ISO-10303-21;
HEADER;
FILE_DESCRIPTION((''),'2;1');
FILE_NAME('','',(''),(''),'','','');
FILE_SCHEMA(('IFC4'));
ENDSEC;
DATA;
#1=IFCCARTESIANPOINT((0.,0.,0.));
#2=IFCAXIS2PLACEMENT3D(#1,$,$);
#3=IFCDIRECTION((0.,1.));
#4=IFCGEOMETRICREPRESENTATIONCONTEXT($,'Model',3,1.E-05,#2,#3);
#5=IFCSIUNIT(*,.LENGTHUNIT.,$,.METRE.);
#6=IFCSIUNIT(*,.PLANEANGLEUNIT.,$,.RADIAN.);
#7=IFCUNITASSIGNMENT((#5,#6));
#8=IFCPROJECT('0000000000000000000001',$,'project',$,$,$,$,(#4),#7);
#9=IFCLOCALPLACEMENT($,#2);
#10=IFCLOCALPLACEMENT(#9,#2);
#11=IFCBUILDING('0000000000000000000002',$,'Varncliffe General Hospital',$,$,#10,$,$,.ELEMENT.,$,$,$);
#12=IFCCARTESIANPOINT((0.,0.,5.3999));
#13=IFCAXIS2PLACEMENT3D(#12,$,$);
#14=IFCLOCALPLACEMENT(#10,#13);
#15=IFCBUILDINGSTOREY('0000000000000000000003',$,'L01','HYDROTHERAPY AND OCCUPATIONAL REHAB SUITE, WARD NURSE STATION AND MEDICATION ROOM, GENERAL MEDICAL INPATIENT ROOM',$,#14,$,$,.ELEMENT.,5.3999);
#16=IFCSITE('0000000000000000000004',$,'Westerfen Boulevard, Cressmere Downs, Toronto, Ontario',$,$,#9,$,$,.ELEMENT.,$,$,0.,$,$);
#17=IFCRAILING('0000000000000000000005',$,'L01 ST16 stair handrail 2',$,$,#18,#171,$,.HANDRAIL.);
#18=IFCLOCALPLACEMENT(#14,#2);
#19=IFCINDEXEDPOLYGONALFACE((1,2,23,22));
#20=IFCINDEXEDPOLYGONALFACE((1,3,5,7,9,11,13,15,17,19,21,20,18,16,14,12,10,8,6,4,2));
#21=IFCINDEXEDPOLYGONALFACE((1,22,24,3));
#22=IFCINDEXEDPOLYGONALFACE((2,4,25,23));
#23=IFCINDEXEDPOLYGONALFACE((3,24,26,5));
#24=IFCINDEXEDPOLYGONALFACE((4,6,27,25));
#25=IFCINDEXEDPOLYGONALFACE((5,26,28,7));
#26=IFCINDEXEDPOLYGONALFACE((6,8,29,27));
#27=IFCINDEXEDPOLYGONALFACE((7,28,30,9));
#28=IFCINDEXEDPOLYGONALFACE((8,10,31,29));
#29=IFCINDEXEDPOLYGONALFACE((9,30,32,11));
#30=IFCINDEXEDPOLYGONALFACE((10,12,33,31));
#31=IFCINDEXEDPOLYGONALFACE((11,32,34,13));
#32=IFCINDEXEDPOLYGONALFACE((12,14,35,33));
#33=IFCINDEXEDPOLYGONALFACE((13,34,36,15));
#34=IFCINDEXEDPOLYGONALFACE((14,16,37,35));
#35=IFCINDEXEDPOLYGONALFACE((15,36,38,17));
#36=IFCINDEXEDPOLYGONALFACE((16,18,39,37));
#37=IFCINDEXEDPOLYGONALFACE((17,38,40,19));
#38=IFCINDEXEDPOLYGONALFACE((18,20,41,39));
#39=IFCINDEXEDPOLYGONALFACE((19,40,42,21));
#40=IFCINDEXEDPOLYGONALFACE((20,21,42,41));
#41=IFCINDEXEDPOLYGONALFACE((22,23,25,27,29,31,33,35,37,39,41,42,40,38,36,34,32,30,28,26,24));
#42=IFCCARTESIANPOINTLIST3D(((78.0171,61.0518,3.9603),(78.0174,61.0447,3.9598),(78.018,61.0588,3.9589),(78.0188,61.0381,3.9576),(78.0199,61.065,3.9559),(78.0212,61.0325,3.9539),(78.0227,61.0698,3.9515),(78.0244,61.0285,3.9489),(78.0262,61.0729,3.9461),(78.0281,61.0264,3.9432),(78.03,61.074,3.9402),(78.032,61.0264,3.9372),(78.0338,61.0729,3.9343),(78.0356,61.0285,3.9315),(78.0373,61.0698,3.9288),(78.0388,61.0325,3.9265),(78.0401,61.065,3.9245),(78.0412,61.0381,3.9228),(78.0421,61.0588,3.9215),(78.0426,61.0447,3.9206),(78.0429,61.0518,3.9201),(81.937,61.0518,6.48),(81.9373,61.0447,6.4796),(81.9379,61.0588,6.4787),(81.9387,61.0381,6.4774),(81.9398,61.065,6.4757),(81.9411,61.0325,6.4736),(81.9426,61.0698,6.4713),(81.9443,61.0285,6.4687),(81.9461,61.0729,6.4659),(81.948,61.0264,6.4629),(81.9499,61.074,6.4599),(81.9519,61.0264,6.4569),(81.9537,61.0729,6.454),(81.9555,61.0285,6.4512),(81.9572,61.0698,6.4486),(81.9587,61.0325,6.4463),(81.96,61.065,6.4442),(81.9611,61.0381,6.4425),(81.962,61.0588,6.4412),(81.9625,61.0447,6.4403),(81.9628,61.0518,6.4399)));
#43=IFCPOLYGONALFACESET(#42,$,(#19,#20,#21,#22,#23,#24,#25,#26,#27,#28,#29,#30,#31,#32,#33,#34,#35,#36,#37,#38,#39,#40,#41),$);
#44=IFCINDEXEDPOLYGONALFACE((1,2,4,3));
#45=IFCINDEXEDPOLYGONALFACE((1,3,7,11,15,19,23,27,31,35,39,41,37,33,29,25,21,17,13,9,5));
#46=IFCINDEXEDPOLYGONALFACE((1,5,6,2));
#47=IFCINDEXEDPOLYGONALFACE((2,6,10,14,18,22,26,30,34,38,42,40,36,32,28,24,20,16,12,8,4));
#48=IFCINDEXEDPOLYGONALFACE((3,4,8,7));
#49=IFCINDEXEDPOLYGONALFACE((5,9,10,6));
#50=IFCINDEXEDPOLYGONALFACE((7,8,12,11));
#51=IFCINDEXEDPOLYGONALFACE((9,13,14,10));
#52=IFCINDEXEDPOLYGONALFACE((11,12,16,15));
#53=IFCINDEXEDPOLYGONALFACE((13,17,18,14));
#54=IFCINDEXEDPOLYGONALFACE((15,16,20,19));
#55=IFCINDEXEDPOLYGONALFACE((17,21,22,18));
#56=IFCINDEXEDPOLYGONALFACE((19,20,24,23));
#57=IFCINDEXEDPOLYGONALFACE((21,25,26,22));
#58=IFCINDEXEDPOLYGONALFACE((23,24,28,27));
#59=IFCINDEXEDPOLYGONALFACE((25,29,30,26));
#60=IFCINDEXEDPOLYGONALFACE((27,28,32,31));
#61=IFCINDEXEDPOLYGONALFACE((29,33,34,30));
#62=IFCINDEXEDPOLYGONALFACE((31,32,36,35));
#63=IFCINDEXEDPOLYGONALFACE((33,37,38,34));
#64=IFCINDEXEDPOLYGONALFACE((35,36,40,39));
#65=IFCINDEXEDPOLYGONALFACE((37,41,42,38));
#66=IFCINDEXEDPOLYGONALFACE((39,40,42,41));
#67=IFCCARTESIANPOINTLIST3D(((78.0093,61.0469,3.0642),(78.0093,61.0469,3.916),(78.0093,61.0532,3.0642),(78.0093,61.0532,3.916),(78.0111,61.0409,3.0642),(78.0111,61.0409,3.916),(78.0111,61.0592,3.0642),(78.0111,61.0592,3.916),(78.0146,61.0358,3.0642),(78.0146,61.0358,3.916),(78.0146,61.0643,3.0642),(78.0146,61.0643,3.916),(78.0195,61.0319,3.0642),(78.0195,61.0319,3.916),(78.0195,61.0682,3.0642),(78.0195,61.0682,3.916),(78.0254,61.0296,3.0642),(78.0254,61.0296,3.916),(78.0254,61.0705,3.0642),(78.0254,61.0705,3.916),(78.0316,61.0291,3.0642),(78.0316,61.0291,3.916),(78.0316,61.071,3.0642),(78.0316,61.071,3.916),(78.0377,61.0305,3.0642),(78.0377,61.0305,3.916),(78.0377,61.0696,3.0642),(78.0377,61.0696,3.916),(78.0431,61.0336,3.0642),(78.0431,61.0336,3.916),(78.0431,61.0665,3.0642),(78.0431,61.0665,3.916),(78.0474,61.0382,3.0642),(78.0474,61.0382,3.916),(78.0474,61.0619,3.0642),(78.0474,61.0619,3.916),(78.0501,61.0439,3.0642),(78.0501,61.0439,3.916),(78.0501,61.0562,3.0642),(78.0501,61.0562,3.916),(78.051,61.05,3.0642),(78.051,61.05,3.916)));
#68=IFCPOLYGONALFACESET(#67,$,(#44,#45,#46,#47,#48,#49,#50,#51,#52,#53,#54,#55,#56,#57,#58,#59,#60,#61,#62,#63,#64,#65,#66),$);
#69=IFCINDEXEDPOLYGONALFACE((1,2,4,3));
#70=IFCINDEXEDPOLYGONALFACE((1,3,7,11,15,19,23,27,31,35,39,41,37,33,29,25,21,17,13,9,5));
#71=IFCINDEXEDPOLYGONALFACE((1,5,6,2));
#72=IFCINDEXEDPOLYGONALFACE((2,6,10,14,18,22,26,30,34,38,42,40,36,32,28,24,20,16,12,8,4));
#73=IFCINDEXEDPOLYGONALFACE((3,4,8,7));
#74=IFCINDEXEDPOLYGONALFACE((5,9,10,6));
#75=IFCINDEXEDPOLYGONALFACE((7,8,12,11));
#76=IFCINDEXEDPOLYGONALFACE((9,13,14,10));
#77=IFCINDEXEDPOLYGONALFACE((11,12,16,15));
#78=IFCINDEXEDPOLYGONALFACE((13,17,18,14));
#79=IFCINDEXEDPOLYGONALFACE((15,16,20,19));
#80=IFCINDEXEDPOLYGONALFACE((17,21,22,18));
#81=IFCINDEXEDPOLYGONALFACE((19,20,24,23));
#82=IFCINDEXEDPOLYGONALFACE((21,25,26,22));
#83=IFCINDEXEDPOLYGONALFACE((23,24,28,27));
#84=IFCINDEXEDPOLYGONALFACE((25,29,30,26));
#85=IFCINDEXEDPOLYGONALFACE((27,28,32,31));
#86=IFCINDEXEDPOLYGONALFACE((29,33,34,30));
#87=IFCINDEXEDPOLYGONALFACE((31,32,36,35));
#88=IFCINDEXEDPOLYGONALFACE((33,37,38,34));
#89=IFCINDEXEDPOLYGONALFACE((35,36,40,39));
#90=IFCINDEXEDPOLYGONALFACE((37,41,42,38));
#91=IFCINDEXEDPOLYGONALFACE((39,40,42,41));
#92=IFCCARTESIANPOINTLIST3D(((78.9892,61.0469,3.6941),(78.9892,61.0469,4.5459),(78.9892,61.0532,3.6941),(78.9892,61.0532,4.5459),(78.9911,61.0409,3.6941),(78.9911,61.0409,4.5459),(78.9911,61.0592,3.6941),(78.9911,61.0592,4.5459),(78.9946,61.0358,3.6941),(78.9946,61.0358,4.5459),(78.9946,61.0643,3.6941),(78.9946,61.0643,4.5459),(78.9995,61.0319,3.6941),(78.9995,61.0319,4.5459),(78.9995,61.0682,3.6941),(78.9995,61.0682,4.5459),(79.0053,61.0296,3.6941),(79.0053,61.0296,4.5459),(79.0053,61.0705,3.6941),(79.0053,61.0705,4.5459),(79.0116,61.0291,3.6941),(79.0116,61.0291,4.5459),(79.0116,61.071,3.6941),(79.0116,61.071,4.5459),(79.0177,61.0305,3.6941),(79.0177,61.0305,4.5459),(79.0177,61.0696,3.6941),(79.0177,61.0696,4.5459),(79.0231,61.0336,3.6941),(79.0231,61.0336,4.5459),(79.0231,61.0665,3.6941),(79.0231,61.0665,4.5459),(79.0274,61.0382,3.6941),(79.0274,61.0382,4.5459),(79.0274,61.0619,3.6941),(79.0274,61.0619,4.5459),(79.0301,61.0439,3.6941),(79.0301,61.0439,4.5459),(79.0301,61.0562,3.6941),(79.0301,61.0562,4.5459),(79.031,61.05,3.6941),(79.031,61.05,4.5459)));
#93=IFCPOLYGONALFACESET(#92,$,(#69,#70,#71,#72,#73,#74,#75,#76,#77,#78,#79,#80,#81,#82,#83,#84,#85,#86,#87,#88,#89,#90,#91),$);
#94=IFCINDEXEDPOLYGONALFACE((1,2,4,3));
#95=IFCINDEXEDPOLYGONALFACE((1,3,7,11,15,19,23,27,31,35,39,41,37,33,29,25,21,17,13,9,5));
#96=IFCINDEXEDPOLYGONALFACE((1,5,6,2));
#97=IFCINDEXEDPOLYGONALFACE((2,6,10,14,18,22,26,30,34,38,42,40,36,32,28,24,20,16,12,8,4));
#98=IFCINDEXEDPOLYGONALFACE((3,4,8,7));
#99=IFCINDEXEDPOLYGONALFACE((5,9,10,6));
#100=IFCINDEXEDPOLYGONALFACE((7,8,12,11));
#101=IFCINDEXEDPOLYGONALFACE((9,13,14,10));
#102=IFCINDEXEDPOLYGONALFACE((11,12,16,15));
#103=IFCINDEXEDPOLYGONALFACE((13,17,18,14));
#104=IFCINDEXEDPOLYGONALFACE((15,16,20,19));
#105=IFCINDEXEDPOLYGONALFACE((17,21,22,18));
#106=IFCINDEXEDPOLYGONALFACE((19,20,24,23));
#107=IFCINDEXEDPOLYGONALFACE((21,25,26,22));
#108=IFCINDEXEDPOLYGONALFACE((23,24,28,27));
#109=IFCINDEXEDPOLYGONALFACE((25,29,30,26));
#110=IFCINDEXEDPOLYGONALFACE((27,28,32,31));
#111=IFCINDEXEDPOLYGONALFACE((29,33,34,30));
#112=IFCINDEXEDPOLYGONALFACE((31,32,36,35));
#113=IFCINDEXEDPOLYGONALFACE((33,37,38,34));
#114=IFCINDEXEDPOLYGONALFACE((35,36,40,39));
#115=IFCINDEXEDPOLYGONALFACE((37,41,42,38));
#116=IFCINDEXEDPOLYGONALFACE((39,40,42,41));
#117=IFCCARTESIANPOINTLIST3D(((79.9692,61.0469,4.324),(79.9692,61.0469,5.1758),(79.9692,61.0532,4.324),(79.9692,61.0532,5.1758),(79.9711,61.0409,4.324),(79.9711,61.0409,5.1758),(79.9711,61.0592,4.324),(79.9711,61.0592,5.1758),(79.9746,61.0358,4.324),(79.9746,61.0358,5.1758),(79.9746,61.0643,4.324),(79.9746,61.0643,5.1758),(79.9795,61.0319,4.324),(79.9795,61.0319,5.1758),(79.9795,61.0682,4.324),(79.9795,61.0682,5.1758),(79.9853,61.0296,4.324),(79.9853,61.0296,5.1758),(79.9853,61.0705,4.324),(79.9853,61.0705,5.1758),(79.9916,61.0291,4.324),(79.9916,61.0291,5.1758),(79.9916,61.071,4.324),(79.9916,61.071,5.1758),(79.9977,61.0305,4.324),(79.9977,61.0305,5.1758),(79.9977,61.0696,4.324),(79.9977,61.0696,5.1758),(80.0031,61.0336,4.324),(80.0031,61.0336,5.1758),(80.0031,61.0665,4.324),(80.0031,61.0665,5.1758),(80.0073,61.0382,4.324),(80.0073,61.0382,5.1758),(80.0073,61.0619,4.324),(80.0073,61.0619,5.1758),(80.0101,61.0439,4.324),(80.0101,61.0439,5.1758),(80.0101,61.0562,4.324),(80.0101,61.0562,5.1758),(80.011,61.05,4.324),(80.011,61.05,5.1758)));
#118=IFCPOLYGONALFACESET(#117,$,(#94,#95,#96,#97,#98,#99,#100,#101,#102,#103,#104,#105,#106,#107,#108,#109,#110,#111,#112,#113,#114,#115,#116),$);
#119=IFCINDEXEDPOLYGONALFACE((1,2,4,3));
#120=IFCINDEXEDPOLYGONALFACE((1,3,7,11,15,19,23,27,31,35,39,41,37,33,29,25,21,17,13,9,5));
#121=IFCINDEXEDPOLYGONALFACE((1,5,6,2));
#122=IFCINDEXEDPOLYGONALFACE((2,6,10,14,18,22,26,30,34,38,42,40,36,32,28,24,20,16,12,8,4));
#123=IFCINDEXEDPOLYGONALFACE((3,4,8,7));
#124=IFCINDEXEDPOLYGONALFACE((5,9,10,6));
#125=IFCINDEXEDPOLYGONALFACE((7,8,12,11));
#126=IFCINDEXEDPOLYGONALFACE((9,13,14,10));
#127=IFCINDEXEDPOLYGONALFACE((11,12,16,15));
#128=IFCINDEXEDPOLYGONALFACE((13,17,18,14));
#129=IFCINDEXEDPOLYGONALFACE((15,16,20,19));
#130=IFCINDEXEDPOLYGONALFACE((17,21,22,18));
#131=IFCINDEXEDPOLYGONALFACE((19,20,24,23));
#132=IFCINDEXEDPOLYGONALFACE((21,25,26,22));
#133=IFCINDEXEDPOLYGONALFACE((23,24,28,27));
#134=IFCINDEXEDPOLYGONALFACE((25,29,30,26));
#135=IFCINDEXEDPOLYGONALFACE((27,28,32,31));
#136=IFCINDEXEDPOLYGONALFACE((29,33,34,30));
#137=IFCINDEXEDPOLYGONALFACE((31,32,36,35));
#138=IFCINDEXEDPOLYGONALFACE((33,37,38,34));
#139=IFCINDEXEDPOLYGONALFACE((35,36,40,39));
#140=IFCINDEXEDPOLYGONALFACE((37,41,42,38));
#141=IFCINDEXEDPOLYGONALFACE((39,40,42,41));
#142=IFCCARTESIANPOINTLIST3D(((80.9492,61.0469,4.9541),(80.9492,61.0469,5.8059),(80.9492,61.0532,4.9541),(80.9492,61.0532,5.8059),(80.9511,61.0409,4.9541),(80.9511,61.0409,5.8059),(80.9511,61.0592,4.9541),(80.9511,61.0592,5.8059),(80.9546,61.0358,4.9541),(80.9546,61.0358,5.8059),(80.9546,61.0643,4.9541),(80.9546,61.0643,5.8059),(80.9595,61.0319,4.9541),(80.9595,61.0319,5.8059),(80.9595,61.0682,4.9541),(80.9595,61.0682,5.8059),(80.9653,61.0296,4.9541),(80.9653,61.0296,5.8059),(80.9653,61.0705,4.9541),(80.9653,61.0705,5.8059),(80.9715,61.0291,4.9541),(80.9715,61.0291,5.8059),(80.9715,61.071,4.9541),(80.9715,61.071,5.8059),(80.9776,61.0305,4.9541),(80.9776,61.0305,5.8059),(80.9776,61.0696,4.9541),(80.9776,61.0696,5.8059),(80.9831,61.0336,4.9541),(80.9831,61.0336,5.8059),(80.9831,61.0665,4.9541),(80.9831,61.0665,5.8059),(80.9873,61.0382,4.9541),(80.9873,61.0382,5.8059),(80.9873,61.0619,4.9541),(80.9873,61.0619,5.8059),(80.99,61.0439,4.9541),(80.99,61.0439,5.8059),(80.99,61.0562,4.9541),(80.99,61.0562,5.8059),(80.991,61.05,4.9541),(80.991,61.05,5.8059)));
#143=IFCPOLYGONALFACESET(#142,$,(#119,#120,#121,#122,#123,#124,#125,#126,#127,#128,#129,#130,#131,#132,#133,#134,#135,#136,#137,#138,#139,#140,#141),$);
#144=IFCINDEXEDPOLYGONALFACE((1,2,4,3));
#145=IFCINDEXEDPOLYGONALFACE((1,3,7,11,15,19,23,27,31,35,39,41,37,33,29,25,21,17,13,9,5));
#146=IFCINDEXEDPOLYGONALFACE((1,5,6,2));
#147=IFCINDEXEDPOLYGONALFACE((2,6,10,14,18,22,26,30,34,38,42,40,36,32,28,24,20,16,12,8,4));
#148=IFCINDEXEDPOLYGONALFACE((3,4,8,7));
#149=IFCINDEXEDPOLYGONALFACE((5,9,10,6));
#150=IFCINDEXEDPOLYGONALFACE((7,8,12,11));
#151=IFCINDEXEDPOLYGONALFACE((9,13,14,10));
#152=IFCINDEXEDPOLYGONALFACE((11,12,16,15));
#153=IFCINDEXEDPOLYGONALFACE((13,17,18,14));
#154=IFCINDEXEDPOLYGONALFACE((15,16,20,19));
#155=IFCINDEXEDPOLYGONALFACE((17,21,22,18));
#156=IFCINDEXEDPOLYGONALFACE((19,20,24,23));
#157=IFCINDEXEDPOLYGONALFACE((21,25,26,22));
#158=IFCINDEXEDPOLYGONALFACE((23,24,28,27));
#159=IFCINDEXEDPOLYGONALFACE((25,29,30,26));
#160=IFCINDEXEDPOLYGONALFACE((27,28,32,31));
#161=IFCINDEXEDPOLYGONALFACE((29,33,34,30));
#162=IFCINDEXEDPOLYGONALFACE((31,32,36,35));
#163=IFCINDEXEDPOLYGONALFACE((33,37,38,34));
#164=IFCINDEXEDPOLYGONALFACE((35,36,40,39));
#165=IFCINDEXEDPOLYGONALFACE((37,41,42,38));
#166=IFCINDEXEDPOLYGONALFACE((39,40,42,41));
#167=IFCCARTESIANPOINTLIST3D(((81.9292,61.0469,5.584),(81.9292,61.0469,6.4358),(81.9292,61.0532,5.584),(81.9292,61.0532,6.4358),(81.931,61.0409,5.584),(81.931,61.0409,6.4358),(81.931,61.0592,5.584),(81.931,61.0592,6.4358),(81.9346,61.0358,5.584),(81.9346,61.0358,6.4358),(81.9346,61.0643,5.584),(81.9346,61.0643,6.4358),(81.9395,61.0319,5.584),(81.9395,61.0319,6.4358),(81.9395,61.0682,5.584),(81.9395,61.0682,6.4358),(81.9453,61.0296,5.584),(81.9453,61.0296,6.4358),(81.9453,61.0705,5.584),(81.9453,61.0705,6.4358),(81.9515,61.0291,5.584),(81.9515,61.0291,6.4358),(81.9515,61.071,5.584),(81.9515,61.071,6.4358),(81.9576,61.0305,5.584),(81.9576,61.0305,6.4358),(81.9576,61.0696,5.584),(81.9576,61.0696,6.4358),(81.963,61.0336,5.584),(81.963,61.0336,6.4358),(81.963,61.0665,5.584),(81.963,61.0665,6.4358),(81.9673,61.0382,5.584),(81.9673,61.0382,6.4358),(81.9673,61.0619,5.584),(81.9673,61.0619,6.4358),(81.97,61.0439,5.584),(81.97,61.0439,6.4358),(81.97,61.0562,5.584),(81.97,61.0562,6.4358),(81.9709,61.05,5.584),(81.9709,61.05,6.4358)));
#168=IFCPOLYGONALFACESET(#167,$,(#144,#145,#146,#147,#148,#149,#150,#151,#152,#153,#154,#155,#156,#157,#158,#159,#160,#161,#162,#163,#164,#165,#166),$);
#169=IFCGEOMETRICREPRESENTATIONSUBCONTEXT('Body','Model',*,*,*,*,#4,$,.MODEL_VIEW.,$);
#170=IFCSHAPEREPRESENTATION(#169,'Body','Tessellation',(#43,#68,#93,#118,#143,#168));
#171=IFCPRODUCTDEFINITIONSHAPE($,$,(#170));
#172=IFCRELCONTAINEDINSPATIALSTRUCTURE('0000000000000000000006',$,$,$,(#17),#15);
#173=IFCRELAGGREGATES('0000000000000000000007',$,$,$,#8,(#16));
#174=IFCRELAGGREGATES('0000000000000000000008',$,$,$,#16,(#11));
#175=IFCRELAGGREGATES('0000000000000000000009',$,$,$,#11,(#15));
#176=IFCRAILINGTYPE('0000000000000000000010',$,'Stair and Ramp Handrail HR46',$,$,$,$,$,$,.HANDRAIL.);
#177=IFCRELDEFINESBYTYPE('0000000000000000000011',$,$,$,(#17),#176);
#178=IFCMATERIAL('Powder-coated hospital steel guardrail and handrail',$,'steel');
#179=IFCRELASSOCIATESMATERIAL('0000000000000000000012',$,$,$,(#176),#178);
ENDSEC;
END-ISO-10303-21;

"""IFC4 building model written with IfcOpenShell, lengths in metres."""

from ifc_helpers import new_model, si_unit, direction, frame, origin, origin_2d, place, context, subcontext, project, spatial, circle, extrude, material, type_object, element, save


model = new_model("IFC4")

# Units and contexts
model_context = context("Model", 3, precision=1e-05, world=origin(), true_north=direction((0.0, 1.0)))
body_context = subcontext(model_context, "Body", "Model", "MODEL_VIEW")
ifc_project = project(units=[si_unit("LENGTHUNIT", "METRE"), si_unit("PLANEANGLEUNIT", "RADIAN")], contexts=[model_context])

# Site, building, storey
site_placement = place(None, origin())
site = spatial("IfcSite", under=ifc_project, at=site_placement, Name="Westerfen Boulevard, Cressmere Downs, Toronto, Ontario", CompositionType="ELEMENT", RefElevation=0.0)
building_placement = place(site_placement, origin())
building = spatial("IfcBuilding", under=site, at=building_placement, Name="Varncliffe General Hospital", CompositionType="ELEMENT")
storey_placement = place(building_placement, frame((0.0, 0.0, 5.3999)))
storey = spatial("IfcBuildingStorey", under=building, at=storey_placement, Name="L01", Description="HYDROTHERAPY AND OCCUPATIONAL REHAB SUITE, WARD NURSE STATION AND MEDICATION ROOM, GENERAL MEDICAL INPATIENT ROOM", CompositionType="ELEMENT", Elevation=5.3999)

# Railing
ifc_material_1 = material(Name="Powder-coated hospital steel guardrail and handrail", Category="steel")
railing_type_1 = type_object("IfcRailingType", Name="Stair and Ramp Handrail HR46", PredefinedType="HANDRAIL", material=ifc_material_1)
railing_1_placement = place(storey_placement, frame((78.03, 61.05, 3.0642)))
element("IfcRailing", 1, at=railing_1_placement, inside=storey, type_object=railing_type_1, Name="L01 ST16 stair handrail 2", PredefinedType="HANDRAIL", context=body_context, shape_type="SweptSolid", body=[
    extrude(circle(Radius=0.0239, at=origin_2d()), frame((0.0, 0.0, 0.876), z_axis=(0.841195, 0.0, 0.540731), x_axis=(0.0, 1.0, 0.0)), (0.0, 0.0, 1.0), 4.6599),
    extrude(circle(Radius=0.021, at=origin_2d()), origin(), (0.0, 0.0, 1.0), 0.8518),
    extrude(circle(Radius=0.021, at=origin_2d()), frame((0.98, 0.0, 0.6299)), (0.0, 0.0, 1.0), 0.8518),
    extrude(circle(Radius=0.021, at=origin_2d()), frame((1.96, 0.0, 1.2598)), (0.0, 0.0, 1.0), 0.8518),
    extrude(circle(Radius=0.021, at=origin_2d()), frame((2.9399, 0.0, 1.8899)), (0.0, 0.0, 1.0), 0.8518),
    extrude(circle(Radius=0.021, at=origin_2d()), frame((3.9199, 0.0, 2.5198)), (0.0, 0.0, 1.0), 0.8518),
])

save(model, "model.ifc")
